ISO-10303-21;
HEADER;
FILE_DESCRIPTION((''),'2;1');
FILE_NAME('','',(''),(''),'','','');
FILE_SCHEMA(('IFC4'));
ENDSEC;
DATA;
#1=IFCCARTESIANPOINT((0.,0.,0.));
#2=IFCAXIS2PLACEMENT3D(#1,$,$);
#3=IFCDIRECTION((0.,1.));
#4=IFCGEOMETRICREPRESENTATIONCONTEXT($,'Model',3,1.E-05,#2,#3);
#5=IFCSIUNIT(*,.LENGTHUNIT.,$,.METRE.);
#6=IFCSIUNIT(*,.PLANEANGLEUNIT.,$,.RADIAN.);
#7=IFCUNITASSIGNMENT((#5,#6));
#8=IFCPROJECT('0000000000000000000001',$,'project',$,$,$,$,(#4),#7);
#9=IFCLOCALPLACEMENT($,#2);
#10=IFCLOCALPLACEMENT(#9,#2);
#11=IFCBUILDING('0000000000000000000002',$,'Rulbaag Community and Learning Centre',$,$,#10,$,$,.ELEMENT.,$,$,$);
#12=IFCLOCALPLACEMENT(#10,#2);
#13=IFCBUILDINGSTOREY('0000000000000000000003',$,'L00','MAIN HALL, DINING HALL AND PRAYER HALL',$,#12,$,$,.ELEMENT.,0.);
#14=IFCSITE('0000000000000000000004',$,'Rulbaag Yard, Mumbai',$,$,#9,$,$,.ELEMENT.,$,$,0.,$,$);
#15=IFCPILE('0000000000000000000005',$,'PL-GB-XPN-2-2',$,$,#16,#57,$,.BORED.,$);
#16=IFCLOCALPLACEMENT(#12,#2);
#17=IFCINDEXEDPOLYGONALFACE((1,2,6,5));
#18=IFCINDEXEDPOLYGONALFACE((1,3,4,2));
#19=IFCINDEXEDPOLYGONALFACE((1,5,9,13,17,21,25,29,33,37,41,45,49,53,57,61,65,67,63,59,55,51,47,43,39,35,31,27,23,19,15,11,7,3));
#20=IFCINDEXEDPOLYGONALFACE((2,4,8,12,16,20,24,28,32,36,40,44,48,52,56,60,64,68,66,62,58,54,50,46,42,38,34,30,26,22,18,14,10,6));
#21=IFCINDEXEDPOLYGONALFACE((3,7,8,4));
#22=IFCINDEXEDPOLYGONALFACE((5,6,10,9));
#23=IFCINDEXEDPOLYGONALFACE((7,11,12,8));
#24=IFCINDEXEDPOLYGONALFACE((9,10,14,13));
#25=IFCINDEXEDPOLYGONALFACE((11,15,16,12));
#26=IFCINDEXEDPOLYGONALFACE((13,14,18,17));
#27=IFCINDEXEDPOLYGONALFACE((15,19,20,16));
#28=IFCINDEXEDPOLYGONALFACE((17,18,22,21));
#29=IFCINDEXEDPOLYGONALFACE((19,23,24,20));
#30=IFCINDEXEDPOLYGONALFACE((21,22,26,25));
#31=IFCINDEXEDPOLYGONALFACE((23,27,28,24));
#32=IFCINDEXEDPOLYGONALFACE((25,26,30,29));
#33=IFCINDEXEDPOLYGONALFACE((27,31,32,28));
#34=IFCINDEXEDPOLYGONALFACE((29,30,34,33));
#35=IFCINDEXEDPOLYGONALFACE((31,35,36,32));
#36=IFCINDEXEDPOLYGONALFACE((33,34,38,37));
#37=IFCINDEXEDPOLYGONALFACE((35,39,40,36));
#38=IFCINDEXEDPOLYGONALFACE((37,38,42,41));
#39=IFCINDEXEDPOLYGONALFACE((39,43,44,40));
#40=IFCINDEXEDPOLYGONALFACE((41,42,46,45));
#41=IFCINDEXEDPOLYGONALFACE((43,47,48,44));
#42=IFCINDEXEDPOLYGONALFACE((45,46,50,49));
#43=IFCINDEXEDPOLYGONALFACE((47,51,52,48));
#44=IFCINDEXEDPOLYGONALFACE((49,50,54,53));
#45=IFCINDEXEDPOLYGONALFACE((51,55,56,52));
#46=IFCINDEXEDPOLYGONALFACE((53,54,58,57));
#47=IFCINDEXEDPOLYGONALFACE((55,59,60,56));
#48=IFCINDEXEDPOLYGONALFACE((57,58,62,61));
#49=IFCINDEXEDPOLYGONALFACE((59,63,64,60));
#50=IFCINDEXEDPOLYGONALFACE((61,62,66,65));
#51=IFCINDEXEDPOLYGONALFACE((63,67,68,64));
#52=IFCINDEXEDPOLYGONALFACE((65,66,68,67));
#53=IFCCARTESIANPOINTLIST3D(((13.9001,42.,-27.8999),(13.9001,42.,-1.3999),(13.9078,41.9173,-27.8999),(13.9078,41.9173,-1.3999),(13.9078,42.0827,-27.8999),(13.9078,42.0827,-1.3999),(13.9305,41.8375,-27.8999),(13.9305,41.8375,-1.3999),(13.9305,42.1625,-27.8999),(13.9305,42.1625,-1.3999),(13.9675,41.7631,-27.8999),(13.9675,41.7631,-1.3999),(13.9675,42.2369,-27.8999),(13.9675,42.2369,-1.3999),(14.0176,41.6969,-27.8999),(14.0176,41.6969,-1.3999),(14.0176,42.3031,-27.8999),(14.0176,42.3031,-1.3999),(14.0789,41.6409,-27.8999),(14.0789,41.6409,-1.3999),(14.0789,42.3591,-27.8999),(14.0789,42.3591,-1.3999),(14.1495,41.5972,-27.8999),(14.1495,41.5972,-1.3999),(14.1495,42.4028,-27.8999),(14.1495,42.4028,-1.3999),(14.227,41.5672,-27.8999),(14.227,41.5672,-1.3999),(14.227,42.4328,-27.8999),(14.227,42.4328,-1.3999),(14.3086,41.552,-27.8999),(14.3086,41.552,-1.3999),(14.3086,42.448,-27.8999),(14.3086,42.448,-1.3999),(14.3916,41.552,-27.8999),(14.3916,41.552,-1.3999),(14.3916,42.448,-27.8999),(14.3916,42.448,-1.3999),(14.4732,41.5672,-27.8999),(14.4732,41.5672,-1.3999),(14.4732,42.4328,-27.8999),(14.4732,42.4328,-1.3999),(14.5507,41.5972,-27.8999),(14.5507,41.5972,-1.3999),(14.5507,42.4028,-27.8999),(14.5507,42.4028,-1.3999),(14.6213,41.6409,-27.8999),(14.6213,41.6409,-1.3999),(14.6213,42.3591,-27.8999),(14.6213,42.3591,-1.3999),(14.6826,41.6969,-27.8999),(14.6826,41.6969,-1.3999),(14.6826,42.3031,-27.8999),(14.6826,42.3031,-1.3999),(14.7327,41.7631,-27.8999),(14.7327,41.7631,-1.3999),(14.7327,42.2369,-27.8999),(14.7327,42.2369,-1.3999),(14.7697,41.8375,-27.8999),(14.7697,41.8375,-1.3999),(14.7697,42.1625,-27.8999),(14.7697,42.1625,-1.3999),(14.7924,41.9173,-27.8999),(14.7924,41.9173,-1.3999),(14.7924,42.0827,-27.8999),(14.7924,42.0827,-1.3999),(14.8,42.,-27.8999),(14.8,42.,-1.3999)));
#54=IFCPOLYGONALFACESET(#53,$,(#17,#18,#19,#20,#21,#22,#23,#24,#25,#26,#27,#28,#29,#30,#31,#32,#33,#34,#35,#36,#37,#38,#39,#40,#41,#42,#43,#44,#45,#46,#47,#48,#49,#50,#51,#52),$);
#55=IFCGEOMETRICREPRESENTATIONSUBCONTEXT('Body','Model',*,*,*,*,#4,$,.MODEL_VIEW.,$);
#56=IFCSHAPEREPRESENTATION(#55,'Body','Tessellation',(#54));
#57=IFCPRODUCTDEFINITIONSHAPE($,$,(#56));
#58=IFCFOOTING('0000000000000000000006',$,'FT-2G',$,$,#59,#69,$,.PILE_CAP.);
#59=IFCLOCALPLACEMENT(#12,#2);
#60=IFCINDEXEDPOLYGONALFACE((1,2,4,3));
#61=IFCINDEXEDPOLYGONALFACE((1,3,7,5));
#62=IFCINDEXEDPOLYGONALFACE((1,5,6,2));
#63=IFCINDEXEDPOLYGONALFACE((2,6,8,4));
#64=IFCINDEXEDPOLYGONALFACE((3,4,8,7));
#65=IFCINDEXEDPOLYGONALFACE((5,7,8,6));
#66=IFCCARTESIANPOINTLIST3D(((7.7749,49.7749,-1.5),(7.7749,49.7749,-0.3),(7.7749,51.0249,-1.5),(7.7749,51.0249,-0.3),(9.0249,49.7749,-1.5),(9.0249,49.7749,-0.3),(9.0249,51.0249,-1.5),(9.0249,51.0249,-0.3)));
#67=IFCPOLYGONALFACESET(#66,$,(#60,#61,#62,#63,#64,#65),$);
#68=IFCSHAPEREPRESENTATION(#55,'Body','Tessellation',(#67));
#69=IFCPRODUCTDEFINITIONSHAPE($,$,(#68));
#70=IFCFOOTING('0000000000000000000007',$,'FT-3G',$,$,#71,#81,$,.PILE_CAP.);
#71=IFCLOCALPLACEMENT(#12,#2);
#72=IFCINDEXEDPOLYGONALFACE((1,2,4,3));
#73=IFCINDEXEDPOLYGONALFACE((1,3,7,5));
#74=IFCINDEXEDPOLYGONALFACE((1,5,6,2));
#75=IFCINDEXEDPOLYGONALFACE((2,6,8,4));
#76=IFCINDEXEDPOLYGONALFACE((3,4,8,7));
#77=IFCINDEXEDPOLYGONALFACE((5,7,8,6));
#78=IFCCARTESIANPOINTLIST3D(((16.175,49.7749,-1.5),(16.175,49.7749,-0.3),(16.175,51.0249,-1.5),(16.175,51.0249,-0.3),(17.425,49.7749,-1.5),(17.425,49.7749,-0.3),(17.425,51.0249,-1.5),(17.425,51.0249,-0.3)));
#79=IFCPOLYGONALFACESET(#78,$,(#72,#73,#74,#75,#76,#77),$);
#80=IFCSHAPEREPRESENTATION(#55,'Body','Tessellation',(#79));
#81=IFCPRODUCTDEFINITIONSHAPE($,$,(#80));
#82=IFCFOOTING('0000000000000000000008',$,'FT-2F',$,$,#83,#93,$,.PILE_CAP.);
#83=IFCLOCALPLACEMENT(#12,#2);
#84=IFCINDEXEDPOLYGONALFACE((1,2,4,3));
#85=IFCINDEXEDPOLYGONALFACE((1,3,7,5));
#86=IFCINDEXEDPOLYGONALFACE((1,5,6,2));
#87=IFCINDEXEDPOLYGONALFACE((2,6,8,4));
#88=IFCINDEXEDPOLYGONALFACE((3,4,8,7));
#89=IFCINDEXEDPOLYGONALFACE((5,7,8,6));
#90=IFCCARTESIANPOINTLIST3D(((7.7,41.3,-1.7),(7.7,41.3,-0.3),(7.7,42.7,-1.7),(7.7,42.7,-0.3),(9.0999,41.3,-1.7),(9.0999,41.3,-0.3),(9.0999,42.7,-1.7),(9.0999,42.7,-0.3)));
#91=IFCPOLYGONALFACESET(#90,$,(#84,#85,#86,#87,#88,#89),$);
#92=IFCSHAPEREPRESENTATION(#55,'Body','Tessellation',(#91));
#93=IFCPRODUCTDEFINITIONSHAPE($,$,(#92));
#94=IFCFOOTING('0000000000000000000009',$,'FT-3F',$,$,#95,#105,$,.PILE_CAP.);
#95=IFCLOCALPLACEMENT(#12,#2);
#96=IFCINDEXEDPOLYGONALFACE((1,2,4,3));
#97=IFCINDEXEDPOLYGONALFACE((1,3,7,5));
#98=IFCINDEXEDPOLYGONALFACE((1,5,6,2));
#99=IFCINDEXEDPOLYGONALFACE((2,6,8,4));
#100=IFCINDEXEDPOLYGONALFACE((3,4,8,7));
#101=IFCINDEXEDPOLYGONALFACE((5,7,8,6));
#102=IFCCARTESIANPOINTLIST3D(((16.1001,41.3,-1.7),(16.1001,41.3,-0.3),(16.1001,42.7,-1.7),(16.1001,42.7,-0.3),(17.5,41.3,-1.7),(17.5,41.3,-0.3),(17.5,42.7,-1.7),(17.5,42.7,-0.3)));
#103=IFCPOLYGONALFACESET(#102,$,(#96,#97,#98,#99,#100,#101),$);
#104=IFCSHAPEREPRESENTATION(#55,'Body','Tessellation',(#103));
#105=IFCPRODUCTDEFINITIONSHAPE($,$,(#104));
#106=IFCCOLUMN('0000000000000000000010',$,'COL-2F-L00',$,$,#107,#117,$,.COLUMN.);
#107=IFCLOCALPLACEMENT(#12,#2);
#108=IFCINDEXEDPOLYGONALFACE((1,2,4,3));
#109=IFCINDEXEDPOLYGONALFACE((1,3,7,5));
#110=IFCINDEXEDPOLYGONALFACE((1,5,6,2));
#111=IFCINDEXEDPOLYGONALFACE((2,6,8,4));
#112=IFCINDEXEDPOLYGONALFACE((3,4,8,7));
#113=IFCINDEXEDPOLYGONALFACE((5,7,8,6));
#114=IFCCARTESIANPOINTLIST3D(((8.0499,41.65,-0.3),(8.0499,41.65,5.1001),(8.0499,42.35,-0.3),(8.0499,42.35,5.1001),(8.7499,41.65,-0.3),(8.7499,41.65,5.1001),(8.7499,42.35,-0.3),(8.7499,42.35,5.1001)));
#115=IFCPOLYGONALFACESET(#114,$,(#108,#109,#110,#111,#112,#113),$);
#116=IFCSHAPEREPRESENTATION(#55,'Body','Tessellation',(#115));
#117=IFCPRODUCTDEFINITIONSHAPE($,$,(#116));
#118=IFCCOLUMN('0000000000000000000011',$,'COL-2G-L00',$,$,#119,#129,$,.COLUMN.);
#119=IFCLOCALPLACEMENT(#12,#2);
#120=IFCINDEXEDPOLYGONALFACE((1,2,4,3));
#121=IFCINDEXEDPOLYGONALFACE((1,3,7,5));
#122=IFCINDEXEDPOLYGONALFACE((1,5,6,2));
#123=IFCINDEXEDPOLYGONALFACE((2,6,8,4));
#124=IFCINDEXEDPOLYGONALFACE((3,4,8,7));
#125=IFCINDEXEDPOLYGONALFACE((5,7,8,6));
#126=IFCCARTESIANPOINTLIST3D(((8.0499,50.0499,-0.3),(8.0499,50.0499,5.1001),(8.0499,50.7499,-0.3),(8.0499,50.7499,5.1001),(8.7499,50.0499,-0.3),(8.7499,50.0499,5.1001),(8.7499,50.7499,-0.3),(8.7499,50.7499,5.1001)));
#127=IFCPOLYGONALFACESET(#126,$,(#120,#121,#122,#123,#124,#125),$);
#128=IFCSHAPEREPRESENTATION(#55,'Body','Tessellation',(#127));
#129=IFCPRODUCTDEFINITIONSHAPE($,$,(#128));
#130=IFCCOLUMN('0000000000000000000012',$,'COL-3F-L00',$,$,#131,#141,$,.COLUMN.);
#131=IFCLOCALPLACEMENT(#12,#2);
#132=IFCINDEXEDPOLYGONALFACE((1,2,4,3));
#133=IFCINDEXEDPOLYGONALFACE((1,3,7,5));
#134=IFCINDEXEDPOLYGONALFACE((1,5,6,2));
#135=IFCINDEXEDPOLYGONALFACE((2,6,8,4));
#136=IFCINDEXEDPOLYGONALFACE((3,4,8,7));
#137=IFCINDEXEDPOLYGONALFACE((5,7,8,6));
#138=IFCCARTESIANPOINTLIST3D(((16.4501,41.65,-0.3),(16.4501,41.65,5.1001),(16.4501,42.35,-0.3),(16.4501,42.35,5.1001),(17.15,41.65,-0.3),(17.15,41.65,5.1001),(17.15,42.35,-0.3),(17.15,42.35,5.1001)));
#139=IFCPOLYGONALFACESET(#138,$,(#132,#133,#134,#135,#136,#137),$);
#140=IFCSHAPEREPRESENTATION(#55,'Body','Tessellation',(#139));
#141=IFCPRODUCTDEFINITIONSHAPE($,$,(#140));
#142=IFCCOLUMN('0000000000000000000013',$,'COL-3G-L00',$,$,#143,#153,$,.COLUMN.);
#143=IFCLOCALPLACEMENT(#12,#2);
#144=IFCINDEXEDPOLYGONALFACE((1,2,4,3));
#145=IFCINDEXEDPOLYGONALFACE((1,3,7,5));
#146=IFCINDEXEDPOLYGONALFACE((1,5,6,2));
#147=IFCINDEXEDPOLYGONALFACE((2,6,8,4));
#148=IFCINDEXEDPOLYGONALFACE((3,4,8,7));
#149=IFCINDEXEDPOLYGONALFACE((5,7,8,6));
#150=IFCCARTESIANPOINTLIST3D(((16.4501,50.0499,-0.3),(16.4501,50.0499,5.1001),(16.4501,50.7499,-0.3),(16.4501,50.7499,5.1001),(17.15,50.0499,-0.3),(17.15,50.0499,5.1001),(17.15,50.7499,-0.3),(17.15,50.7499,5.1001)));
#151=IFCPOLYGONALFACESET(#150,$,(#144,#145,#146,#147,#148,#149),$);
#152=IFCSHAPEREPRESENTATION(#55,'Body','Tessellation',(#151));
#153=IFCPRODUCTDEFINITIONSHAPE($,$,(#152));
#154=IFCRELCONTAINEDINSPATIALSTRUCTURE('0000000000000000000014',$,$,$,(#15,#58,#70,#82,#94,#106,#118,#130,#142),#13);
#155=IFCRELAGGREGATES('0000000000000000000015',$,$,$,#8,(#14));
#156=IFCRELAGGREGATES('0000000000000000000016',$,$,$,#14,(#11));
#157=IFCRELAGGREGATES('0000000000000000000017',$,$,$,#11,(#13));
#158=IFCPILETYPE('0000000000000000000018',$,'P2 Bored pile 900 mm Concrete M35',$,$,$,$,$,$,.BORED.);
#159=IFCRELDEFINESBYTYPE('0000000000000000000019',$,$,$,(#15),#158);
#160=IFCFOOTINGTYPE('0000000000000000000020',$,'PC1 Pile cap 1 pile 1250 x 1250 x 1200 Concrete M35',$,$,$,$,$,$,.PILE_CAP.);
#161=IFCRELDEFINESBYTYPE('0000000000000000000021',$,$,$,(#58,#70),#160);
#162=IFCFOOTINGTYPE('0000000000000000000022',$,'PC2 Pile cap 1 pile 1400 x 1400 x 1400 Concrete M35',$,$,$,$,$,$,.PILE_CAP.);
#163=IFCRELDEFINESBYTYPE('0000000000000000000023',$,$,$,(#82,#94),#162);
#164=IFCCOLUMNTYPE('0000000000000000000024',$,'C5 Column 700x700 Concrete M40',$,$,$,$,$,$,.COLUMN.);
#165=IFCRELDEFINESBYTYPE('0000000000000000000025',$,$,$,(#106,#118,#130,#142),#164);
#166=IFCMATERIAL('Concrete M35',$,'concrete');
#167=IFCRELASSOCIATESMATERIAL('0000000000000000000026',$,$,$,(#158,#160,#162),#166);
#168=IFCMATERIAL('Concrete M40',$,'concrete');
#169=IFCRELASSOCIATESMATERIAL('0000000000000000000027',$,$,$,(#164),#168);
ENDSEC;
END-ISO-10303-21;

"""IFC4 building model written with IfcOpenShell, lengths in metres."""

from ifc_helpers import new_model, si_unit, direction, frame, origin, origin_2d, place, context, subcontext, project, spatial, rectangle, circle, extrude, material, material_profile, profile_set, type_object, element, save


model = new_model("IFC4")

# Units and contexts
model_context = context("Model", 3, precision=1e-05, world=origin(), true_north=direction((0.0, 1.0)))
body_context = subcontext(model_context, "Body", "Model", "MODEL_VIEW")
ifc_project = project(units=[si_unit("LENGTHUNIT", "METRE"), si_unit("PLANEANGLEUNIT", "RADIAN")], contexts=[model_context])

# Site, building, storey
site_placement = place(None, origin())
site = spatial("IfcSite", under=ifc_project, at=site_placement, Name="Rulbaag Yard, Mumbai", CompositionType="ELEMENT", RefElevation=0.0)
building_placement = place(site_placement, origin())
building = spatial("IfcBuilding", under=site, at=building_placement, Name="Rulbaag Community and Learning Centre", CompositionType="ELEMENT")
storey_placement = place(building_placement, origin())
storey = spatial("IfcBuildingStorey", under=building, at=storey_placement, Name="L00", Description="MAIN HALL, DINING HALL AND PRAYER HALL", CompositionType="ELEMENT", Elevation=0.0)

# Shared definitions
ifc_material_1 = material(Name="Concrete M35", Category="concrete")

# Pile
ifc_material_profile_1 = material_profile(ifc_material_1, circle(Radius=0.45, at=origin_2d()), Name="BP900")
ifc_profile_set_1 = profile_set([ifc_material_profile_1], Name="Concrete M35")
pile_type_1 = type_object("IfcPileType", Name="P2 Bored pile 900 mm Concrete M35", PredefinedType="BORED", material=ifc_profile_set_1)
for number, where, z_axis, x_axis, name in (
    (1, (14.3501, 42.0, -1.3999), (0.0, 0.0, -1.0), (1.0, 0.0, 0.0), "PL-GB-XPN-2-2"),
):
    element("IfcPile", number, at=place(storey_placement, frame(where, z_axis=z_axis, x_axis=x_axis)), inside=storey, type_object=pile_type_1, Name=name, PredefinedType="BORED", context=body_context, shape_type="SweptSolid", body=[
        extrude(circle(Radius=0.45, at=origin_2d()), origin(), (0.0, 0.0, 1.0), 26.5),
    ])

# Footings
footing_type_1 = type_object("IfcFootingType", Name="PC1 Pile cap 1 pile 1250 x 1250 x 1200 Concrete M35", PredefinedType="PILE_CAP", material=ifc_material_1)
for number, where, z_axis, x_axis, name in (
    (2, (8.3999, 50.3999, -1.5), (0.0, 0.0, 1.0), (1.0, 0.0, 0.0), "FT-2G"),
    (3, (16.8, 50.3999, -1.5), (0.0, 0.0, 1.0), (1.0, 0.0, 0.0), "FT-3G"),
):
    element("IfcFooting", number, at=place(storey_placement, frame(where, z_axis=z_axis, x_axis=x_axis)), inside=storey, type_object=footing_type_1, Name=name, PredefinedType="PILE_CAP", context=body_context, shape_type="SweptSolid", body=[
        extrude(rectangle(XDim=1.25, YDim=1.25, at=origin_2d()), origin(), (0.0, 0.0, 1.0), 1.2),
    ])
footing_type_2 = type_object("IfcFootingType", Name="PC2 Pile cap 1 pile 1400 x 1400 x 1400 Concrete M35", PredefinedType="PILE_CAP", material=ifc_material_1)
for number, where, z_axis, x_axis, name in (
    (4, (8.3999, 42.0, -1.7), (0.0, 0.0, 1.0), (1.0, 0.0, 0.0), "FT-2F"),
    (5, (16.8, 42.0, -1.7), (0.0, 0.0, 1.0), (1.0, 0.0, 0.0), "FT-3F"),
):
    element("IfcFooting", number, at=place(storey_placement, frame(where, z_axis=z_axis, x_axis=x_axis)), inside=storey, type_object=footing_type_2, Name=name, PredefinedType="PILE_CAP", context=body_context, shape_type="SweptSolid", body=[
        extrude(rectangle(XDim=1.3999, YDim=1.3999, at=origin_2d()), origin(), (0.0, 0.0, 1.0), 1.3999),
    ])

# Columns
ifc_material_2 = material(Name="Concrete M40", Category="concrete")
ifc_material_profile_2 = material_profile(ifc_material_2, rectangle(XDim=0.7, YDim=0.7, at=origin_2d()), Name="RC700x700")
ifc_profile_set_2 = profile_set([ifc_material_profile_2], Name="Concrete M40")
column_type = type_object("IfcColumnType", Name="C5 Column 700x700 Concrete M40", PredefinedType="COLUMN", material=ifc_profile_set_2)
for number, where, z_axis, x_axis, name in (
    (6, (8.3999, 42.0, -0.3), (0.0, 0.0, 1.0), (1.0, 0.0, 0.0), "COL-2F-L00"),
    (7, (8.3999, 50.3999, -0.3), (0.0, 0.0, 1.0), (1.0, 0.0, 0.0), "COL-2G-L00"),
    (8, (16.8, 42.0, -0.3), (0.0, 0.0, 1.0), (1.0, 0.0, 0.0), "COL-3F-L00"),
    (9, (16.8, 50.3999, -0.3), (0.0, 0.0, 1.0), (1.0, 0.0, 0.0), "COL-3G-L00"),
):
    element("IfcColumn", number, at=place(storey_placement, frame(where, z_axis=z_axis, x_axis=x_axis)), inside=storey, type_object=column_type, Name=name, PredefinedType="COLUMN", context=body_context, shape_type="SweptSolid", body=[
        extrude(rectangle(XDim=0.7, YDim=0.7, at=origin_2d()), origin(), (0.0, 0.0, 1.0), 5.4001),
    ])

save(model, "model.ifc")
